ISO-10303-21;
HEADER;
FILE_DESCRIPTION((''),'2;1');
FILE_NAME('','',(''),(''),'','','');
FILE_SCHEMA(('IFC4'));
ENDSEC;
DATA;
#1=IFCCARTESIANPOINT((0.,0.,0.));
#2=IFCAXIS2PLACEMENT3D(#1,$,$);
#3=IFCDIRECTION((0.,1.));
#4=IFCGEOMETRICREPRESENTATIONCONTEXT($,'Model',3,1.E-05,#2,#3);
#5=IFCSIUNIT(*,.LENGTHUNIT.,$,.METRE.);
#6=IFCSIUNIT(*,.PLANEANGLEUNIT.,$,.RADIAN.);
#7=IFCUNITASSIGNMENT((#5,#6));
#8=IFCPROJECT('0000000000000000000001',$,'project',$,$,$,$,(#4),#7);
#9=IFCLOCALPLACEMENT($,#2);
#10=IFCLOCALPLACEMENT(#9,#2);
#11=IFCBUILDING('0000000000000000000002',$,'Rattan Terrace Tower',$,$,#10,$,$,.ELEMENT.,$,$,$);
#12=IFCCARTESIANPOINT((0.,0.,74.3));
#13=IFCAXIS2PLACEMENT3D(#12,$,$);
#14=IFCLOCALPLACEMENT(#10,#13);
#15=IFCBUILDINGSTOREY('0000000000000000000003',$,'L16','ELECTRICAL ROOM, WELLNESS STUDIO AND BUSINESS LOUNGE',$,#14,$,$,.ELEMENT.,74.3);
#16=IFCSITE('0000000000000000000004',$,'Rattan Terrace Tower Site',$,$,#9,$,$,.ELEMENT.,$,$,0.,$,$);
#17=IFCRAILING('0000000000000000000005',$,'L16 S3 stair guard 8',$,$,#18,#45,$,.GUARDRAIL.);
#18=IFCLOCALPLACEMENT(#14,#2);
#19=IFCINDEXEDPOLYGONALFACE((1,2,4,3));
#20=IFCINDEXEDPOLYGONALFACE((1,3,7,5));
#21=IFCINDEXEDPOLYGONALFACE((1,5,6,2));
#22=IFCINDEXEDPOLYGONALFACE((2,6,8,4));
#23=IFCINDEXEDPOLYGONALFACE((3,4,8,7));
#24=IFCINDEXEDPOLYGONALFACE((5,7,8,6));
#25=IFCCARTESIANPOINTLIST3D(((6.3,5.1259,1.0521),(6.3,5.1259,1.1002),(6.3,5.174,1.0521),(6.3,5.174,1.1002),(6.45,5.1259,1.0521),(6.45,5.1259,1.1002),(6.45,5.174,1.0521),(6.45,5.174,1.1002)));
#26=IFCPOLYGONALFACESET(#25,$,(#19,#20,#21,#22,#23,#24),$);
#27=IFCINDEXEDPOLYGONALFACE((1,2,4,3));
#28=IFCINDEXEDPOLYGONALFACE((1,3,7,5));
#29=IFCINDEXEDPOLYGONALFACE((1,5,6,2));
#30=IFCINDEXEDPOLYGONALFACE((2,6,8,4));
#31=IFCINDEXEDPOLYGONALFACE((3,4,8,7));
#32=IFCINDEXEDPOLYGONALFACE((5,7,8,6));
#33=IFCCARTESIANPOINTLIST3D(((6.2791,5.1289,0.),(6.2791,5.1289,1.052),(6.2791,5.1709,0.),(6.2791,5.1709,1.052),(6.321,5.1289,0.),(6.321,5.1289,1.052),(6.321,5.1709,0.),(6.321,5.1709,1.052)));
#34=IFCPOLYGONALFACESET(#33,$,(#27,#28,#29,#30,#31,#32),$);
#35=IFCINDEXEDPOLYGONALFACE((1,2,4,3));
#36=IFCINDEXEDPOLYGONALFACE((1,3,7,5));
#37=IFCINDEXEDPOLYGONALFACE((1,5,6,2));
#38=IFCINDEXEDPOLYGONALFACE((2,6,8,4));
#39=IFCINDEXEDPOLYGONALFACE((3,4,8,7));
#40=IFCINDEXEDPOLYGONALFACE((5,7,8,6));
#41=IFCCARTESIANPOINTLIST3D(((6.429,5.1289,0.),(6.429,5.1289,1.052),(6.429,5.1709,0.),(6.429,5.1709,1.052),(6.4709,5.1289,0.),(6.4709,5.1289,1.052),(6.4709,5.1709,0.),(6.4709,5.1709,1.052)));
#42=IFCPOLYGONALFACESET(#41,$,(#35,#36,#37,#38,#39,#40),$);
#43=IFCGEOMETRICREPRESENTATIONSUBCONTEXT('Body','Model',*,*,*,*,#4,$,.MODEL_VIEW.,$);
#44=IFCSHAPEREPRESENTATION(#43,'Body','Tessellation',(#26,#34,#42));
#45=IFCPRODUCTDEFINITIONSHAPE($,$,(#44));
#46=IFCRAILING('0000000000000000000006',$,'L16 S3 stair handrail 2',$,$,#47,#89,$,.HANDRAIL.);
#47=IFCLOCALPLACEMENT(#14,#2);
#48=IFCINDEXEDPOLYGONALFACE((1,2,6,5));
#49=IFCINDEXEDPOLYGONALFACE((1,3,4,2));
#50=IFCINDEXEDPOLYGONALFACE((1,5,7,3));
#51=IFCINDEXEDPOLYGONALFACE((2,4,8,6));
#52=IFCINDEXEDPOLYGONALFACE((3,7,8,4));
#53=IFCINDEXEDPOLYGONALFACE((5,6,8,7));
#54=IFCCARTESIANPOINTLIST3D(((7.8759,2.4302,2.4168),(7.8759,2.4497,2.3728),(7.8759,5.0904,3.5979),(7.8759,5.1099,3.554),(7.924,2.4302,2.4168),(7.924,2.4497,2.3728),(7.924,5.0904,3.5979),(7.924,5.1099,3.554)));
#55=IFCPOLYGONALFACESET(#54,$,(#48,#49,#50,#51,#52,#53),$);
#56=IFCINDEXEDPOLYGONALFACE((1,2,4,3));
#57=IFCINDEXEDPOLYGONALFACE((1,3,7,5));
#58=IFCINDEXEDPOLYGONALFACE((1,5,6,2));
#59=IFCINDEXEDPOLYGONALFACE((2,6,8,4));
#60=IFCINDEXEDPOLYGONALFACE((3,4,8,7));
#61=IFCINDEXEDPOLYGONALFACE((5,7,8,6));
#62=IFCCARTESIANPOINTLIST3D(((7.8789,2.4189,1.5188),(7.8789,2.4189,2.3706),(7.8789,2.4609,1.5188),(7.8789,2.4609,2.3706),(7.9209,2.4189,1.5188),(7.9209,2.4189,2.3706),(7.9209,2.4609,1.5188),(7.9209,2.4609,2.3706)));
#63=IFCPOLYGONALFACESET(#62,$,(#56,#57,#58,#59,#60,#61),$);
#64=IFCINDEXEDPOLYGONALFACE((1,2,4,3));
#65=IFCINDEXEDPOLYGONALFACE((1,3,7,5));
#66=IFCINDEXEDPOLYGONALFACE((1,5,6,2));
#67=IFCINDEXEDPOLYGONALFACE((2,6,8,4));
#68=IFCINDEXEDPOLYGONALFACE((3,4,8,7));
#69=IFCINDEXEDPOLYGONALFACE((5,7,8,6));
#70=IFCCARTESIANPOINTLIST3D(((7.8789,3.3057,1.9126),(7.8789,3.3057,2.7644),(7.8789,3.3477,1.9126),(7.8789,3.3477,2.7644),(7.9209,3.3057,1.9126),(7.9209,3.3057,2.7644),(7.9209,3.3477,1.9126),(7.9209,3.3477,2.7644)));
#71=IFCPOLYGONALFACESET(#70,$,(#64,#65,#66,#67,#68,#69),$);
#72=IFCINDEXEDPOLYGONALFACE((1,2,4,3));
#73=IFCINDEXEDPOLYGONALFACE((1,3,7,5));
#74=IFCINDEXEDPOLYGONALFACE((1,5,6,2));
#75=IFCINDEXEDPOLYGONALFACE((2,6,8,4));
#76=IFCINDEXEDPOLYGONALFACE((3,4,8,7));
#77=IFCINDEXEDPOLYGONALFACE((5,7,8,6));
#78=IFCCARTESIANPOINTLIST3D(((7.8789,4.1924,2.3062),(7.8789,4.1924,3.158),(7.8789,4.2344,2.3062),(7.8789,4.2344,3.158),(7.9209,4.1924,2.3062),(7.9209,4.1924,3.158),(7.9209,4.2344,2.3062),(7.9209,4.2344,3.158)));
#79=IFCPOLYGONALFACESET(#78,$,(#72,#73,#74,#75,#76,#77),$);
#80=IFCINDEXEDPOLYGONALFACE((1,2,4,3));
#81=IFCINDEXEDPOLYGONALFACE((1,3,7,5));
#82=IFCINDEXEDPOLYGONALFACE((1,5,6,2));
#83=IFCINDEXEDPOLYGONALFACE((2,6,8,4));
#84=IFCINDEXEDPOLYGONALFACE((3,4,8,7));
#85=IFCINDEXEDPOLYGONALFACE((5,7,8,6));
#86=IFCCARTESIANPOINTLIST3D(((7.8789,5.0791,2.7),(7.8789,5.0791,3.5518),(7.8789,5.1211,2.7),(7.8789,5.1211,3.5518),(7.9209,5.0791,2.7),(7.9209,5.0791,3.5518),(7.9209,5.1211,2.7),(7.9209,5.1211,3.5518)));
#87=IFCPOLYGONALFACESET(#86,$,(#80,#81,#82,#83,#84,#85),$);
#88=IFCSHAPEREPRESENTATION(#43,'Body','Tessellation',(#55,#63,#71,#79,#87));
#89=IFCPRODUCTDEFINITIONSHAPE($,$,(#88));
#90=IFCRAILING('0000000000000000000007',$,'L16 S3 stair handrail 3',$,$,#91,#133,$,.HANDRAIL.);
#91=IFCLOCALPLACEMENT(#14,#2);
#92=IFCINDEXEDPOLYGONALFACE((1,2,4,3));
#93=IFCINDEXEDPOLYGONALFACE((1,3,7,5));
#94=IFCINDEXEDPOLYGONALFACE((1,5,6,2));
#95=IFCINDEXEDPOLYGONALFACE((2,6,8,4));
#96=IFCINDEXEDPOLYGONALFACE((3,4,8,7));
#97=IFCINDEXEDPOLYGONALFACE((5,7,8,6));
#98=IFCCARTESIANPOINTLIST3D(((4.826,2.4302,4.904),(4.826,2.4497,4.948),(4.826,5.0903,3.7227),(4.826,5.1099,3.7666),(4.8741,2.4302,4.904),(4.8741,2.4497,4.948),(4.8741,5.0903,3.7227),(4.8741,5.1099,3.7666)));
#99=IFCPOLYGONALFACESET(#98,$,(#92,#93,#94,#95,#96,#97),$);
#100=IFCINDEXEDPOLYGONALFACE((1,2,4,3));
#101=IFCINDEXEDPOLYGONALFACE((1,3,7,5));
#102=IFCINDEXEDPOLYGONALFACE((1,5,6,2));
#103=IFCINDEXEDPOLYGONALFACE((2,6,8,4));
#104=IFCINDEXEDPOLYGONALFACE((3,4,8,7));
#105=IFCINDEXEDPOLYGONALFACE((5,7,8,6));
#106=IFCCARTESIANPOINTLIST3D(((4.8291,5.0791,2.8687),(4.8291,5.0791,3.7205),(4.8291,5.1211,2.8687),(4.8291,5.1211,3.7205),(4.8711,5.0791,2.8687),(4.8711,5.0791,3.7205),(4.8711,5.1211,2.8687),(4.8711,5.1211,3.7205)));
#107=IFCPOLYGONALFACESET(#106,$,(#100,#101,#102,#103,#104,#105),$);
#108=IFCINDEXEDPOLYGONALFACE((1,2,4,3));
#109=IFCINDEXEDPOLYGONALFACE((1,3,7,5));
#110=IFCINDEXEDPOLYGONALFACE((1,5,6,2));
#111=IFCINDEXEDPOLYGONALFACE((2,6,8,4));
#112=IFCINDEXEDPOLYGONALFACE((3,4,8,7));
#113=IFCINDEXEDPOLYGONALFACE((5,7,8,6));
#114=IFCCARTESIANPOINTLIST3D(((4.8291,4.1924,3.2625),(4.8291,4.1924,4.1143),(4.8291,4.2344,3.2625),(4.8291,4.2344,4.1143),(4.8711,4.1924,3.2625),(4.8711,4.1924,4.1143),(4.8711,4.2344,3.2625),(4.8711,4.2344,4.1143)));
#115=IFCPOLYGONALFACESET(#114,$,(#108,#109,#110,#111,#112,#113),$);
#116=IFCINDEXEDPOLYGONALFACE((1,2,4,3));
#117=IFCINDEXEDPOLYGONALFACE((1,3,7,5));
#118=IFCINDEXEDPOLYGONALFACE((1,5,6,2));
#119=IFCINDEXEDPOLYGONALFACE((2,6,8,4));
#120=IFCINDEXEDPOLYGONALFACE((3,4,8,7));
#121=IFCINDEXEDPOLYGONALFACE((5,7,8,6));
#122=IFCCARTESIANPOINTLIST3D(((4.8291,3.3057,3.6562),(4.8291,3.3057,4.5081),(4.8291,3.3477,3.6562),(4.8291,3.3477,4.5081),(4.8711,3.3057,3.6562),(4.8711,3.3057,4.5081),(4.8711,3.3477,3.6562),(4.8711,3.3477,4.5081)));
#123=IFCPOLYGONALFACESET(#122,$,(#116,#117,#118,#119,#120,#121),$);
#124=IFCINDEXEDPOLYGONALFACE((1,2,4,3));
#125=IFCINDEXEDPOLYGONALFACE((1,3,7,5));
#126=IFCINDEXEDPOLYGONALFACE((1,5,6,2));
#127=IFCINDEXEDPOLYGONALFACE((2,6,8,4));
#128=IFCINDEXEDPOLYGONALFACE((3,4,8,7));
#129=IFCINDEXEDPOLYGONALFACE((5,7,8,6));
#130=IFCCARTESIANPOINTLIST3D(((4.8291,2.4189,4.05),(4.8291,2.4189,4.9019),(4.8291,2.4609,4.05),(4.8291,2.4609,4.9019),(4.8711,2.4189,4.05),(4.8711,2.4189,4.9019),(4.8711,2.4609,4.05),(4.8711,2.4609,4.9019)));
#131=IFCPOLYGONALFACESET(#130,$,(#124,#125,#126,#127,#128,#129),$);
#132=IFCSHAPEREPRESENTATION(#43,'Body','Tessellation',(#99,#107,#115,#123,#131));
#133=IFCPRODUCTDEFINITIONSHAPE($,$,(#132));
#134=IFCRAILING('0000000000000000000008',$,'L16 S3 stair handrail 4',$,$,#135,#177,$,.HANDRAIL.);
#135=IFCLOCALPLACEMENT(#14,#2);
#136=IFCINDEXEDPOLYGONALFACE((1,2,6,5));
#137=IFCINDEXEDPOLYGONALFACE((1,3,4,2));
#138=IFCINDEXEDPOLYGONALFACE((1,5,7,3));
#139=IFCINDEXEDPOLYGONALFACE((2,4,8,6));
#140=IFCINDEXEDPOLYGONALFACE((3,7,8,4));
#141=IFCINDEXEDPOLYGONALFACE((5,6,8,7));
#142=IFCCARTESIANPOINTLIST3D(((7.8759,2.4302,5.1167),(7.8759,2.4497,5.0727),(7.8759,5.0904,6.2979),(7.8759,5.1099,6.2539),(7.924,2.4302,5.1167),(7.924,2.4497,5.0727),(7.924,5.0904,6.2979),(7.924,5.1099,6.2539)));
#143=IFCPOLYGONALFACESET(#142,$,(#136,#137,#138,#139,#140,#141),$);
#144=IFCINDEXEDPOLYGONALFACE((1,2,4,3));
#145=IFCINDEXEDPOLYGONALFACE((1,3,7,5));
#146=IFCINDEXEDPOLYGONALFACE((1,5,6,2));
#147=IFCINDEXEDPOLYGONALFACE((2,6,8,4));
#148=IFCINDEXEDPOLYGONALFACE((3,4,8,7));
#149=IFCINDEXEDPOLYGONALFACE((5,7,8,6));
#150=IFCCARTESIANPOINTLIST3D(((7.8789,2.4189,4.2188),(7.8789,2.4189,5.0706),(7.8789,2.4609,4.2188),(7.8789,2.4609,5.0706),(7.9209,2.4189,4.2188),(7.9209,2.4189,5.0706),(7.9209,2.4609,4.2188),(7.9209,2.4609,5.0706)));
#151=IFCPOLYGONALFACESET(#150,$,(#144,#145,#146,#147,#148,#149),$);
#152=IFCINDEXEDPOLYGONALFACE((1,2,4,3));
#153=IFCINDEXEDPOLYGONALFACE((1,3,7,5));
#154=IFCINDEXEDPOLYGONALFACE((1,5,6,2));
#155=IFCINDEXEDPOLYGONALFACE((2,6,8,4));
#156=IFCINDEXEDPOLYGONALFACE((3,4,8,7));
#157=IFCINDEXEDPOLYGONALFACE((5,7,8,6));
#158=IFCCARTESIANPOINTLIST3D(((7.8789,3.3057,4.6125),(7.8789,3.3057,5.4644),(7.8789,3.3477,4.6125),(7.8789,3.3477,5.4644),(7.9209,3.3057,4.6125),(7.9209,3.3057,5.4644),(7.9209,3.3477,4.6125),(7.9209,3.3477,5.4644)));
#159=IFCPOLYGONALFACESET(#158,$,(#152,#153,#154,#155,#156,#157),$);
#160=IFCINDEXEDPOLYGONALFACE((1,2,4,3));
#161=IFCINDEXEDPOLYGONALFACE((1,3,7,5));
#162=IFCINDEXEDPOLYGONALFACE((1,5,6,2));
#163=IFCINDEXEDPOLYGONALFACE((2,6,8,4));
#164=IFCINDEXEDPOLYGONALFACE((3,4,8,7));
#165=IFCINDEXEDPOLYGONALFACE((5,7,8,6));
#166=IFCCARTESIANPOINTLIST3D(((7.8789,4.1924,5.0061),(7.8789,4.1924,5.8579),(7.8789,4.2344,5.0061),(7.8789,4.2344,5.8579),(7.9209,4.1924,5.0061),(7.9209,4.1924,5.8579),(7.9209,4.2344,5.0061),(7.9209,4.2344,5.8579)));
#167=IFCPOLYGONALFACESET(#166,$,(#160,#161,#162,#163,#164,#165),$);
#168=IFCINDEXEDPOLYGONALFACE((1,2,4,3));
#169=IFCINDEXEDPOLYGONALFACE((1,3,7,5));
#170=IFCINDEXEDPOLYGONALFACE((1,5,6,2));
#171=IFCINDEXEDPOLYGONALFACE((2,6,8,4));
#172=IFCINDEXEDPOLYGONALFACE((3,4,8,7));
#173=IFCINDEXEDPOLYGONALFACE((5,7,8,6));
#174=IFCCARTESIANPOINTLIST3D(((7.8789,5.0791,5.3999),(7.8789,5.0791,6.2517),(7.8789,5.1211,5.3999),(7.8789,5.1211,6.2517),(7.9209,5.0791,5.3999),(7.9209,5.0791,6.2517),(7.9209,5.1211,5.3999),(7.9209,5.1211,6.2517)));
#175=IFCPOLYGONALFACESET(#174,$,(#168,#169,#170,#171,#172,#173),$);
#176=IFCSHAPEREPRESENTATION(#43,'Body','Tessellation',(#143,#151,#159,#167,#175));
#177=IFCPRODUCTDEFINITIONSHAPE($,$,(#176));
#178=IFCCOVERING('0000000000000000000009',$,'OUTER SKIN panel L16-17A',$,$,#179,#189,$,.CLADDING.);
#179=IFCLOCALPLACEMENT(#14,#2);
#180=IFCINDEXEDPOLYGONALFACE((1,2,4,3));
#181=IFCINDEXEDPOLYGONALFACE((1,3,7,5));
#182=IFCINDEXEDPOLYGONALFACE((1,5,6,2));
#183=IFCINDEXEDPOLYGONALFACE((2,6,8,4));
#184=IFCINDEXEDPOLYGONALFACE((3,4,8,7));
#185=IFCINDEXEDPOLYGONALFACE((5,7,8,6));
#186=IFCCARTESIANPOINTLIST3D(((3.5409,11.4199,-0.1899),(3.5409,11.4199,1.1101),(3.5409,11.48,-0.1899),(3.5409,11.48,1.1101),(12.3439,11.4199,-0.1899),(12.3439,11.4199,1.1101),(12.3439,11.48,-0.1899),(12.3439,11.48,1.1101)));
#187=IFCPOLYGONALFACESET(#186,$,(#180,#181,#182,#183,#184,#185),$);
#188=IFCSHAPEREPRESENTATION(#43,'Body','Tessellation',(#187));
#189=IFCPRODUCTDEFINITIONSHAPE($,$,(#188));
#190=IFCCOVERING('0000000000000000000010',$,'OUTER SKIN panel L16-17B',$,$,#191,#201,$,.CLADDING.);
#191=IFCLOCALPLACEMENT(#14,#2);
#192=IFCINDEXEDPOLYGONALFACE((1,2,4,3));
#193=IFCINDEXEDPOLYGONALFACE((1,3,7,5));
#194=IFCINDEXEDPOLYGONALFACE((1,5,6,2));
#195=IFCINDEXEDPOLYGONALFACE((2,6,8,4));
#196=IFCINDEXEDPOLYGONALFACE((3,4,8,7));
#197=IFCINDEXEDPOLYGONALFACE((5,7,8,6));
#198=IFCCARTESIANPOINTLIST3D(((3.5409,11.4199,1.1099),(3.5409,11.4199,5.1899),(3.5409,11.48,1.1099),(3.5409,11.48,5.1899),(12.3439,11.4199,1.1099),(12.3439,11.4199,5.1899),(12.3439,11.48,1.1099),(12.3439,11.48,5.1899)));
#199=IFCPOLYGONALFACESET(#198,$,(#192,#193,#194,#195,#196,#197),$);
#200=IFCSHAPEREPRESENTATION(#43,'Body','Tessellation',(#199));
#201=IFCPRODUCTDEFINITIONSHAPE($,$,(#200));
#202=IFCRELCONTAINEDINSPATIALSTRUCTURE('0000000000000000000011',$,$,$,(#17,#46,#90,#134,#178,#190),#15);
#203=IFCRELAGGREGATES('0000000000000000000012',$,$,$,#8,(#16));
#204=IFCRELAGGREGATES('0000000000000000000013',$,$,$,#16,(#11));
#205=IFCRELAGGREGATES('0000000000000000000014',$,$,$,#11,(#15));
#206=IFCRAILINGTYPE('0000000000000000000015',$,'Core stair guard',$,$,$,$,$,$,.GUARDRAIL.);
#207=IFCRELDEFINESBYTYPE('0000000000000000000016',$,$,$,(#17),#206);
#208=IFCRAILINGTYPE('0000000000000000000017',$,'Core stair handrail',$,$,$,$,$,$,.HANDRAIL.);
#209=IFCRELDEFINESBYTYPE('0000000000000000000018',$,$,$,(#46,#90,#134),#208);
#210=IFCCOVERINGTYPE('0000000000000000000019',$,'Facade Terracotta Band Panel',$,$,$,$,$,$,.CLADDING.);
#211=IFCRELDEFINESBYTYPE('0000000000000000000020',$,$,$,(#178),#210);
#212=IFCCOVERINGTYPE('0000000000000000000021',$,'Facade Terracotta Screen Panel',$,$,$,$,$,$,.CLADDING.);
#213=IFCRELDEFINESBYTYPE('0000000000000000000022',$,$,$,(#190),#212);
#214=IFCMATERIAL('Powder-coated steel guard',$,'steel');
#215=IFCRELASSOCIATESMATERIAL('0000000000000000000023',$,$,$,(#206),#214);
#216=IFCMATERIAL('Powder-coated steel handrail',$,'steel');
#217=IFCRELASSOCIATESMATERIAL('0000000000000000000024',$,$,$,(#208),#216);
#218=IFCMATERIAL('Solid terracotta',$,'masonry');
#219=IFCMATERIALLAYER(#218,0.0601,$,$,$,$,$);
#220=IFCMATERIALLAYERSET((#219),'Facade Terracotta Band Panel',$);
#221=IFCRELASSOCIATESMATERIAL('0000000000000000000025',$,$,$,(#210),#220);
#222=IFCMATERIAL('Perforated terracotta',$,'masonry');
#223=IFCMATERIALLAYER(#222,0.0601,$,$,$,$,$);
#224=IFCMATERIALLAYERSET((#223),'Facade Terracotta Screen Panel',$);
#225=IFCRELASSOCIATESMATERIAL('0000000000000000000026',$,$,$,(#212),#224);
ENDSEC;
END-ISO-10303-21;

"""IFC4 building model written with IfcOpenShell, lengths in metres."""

from ifc_helpers import new_model, si_unit, direction, frame, origin, origin_2d, place, context, subcontext, project, spatial, rectangle, extrude, material, layer, layer_set, type_object, element, save


model = new_model("IFC4")

# Units and contexts
model_context = context("Model", 3, precision=1e-05, world=origin(), true_north=direction((0.0, 1.0)))
body_context = subcontext(model_context, "Body", "Model", "MODEL_VIEW")
ifc_project = project(units=[si_unit("LENGTHUNIT", "METRE"), si_unit("PLANEANGLEUNIT", "RADIAN")], contexts=[model_context])

# Site, building, storey
site_placement = place(None, origin())
site = spatial("IfcSite", under=ifc_project, at=site_placement, Name="Rattan Terrace Tower Site", CompositionType="ELEMENT", RefElevation=0.0)
building_placement = place(site_placement, origin())
building = spatial("IfcBuilding", under=site, at=building_placement, Name="Rattan Terrace Tower", CompositionType="ELEMENT")
storey_placement = place(building_placement, frame((0.0, 0.0, 74.3)))
storey = spatial("IfcBuildingStorey", under=building, at=storey_placement, Name="L16", Description="ELECTRICAL ROOM, WELLNESS STUDIO AND BUSINESS LOUNGE", CompositionType="ELEMENT", Elevation=74.3)

# Railings
ifc_material_1 = material(Name="Powder-coated steel guard", Category="steel")
railing_type_1 = type_object("IfcRailingType", Name="Core stair guard", PredefinedType="GUARDRAIL", material=ifc_material_1)
railing_1_placement = place(storey_placement, frame((6.3, 5.1499, 0.0)))
element("IfcRailing", 1, at=railing_1_placement, inside=storey, type_object=railing_type_1, Name="L16 S3 stair guard 8", PredefinedType="GUARDRAIL", context=body_context, shape_type="SweptSolid", body=[
    extrude(rectangle(XDim=0.0481, YDim=0.0481, at=origin_2d()), frame((0.0, 0.0, 1.0762), z_axis=(1.0, 0.0, 0.0), x_axis=(0.0, 1.0, 0.0)), (0.0, 0.0, 1.0), 0.1499),
    extrude(rectangle(XDim=0.042, YDim=0.042, at=origin_2d()), origin(), (0.0, 0.0, 1.0), 1.052),
    extrude(rectangle(XDim=0.042, YDim=0.042, at=origin_2d()), frame((0.1499, 0.0, 0.0)), (0.0, 0.0, 1.0), 1.052),
])
ifc_material_2 = material(Name="Powder-coated steel handrail", Category="steel")
railing_type_2 = type_object("IfcRailingType", Name="Core stair handrail", PredefinedType="HANDRAIL", material=ifc_material_2)
railing_2_placement = place(storey_placement, frame((7.8999, 2.4399, 1.5188)))
element("IfcRailing", 2, at=railing_2_placement, inside=storey, type_object=railing_type_2, Name="L16 S3 stair handrail 2", PredefinedType="HANDRAIL", context=body_context, shape_type="SweptSolid", body=[
    extrude(rectangle(XDim=0.0481, YDim=0.0481, at=origin_2d()), frame((0.0, 0.0, 0.876), z_axis=(0.0, 0.913957, 0.405812), x_axis=(-1.0, 0.0, 0.0)), (0.0, 0.0, 1.0), 2.9106),
    extrude(rectangle(XDim=0.042, YDim=0.042, at=origin_2d()), origin(), (0.0, 0.0, 1.0), 0.8518),
    extrude(rectangle(XDim=0.042, YDim=0.042, at=origin_2d()), frame((0.0, 0.8867, 0.3938)), (0.0, 0.0, 1.0), 0.8518),
    extrude(rectangle(XDim=0.042, YDim=0.042, at=origin_2d()), frame((0.0, 1.7734, 0.7874)), (0.0, 0.0, 1.0), 0.8518),
    extrude(rectangle(XDim=0.042, YDim=0.042, at=origin_2d()), frame((0.0, 2.6602, 1.1812)), (0.0, 0.0, 1.0), 0.8518),
])
railing_3_placement = place(storey_placement, frame((4.8501, 5.1001, 2.8687)))
element("IfcRailing", 3, at=railing_3_placement, inside=storey, type_object=railing_type_2, Name="L16 S3 stair handrail 3", PredefinedType="HANDRAIL", context=body_context, shape_type="SweptSolid", body=[
    extrude(rectangle(XDim=0.0481, YDim=0.0481, at=origin_2d()), frame((0.0, 0.0, 0.876), z_axis=(0.0, -0.913926, 0.405882), x_axis=(1.0, 0.0, 0.0)), (0.0, 0.0, 1.0), 2.9106),
    extrude(rectangle(XDim=0.042, YDim=0.042, at=origin_2d()), origin(), (0.0, 0.0, 1.0), 0.8518),
    extrude(rectangle(XDim=0.042, YDim=0.042, at=origin_2d()), frame((0.0, -0.8867, 0.3938)), (0.0, 0.0, 1.0), 0.8518),
    extrude(rectangle(XDim=0.042, YDim=0.042, at=origin_2d()), frame((0.0, -1.7734, 0.7876)), (0.0, 0.0, 1.0), 0.8518),
    extrude(rectangle(XDim=0.042, YDim=0.042, at=origin_2d()), frame((0.0, -2.6602, 1.1814)), (0.0, 0.0, 1.0), 0.8518),
])
railing_4_placement = place(storey_placement, frame((7.8999, 2.4399, 4.2188)))
element("IfcRailing", 4, at=railing_4_placement, inside=storey, type_object=railing_type_2, Name="L16 S3 stair handrail 4", PredefinedType="HANDRAIL", context=body_context, shape_type="SweptSolid", body=[
    extrude(rectangle(XDim=0.0481, YDim=0.0481, at=origin_2d()), frame((0.0, 0.0, 0.876), z_axis=(0.0, 0.913957, 0.405812), x_axis=(-1.0, 0.0, 0.0)), (0.0, 0.0, 1.0), 2.9106),
    extrude(rectangle(XDim=0.042, YDim=0.042, at=origin_2d()), origin(), (0.0, 0.0, 1.0), 0.8518),
    extrude(rectangle(XDim=0.042, YDim=0.042, at=origin_2d()), frame((0.0, 0.8867, 0.3938)), (0.0, 0.0, 1.0), 0.8518),
    extrude(rectangle(XDim=0.042, YDim=0.042, at=origin_2d()), frame((0.0, 1.7734, 0.7874)), (0.0, 0.0, 1.0), 0.8518),
    extrude(rectangle(XDim=0.042, YDim=0.042, at=origin_2d()), frame((0.0, 2.6602, 1.1812)), (0.0, 0.0, 1.0), 0.8518),
])

# Coverings
ifc_material_3 = material(Name="Solid terracotta", Category="masonry")
ifc_layer_1 = layer(ifc_material_3, 0.0601)
ifc_layer_set_1 = layer_set([ifc_layer_1], Name="Facade Terracotta Band Panel")
covering_type_1 = type_object("IfcCoveringType", Name="Facade Terracotta Band Panel", PredefinedType="CLADDING", material=ifc_layer_set_1)
covering_1_placement = place(storey_placement, frame((7.9424, 11.45, -0.1899), z_axis=(0.0, 0.0, 1.0), x_axis=(-1.0, 0.0, 0.0)))
element("IfcCovering", 5, at=covering_1_placement, inside=storey, type_object=covering_type_1, Name="OUTER SKIN panel L16-17A", PredefinedType="CLADDING", context=body_context, shape_type="SweptSolid", body=[
    extrude(rectangle(XDim=8.803, YDim=0.0601, at=origin_2d()), origin(), (0.0, 0.0, 1.0), 1.3),
])
ifc_material_4 = material(Name="Perforated terracotta", Category="masonry")
ifc_layer_2 = layer(ifc_material_4, 0.0601)
ifc_layer_set_2 = layer_set([ifc_layer_2], Name="Facade Terracotta Screen Panel")
covering_type_2 = type_object("IfcCoveringType", Name="Facade Terracotta Screen Panel", PredefinedType="CLADDING", material=ifc_layer_set_2)
covering_2_placement = place(storey_placement, frame((7.9424, 11.45, 1.1099), z_axis=(0.0, 0.0, 1.0), x_axis=(-1.0, 0.0, 0.0)))
element("IfcCovering", 6, at=covering_2_placement, inside=storey, type_object=covering_type_2, Name="OUTER SKIN panel L16-17B", PredefinedType="CLADDING", context=body_context, shape_type="SweptSolid", body=[
    extrude(rectangle(XDim=8.803, YDim=0.0601, at=origin_2d()), origin(), (0.0, 0.0, 1.0), 4.0801),
])

save(model, "model.ifc")
